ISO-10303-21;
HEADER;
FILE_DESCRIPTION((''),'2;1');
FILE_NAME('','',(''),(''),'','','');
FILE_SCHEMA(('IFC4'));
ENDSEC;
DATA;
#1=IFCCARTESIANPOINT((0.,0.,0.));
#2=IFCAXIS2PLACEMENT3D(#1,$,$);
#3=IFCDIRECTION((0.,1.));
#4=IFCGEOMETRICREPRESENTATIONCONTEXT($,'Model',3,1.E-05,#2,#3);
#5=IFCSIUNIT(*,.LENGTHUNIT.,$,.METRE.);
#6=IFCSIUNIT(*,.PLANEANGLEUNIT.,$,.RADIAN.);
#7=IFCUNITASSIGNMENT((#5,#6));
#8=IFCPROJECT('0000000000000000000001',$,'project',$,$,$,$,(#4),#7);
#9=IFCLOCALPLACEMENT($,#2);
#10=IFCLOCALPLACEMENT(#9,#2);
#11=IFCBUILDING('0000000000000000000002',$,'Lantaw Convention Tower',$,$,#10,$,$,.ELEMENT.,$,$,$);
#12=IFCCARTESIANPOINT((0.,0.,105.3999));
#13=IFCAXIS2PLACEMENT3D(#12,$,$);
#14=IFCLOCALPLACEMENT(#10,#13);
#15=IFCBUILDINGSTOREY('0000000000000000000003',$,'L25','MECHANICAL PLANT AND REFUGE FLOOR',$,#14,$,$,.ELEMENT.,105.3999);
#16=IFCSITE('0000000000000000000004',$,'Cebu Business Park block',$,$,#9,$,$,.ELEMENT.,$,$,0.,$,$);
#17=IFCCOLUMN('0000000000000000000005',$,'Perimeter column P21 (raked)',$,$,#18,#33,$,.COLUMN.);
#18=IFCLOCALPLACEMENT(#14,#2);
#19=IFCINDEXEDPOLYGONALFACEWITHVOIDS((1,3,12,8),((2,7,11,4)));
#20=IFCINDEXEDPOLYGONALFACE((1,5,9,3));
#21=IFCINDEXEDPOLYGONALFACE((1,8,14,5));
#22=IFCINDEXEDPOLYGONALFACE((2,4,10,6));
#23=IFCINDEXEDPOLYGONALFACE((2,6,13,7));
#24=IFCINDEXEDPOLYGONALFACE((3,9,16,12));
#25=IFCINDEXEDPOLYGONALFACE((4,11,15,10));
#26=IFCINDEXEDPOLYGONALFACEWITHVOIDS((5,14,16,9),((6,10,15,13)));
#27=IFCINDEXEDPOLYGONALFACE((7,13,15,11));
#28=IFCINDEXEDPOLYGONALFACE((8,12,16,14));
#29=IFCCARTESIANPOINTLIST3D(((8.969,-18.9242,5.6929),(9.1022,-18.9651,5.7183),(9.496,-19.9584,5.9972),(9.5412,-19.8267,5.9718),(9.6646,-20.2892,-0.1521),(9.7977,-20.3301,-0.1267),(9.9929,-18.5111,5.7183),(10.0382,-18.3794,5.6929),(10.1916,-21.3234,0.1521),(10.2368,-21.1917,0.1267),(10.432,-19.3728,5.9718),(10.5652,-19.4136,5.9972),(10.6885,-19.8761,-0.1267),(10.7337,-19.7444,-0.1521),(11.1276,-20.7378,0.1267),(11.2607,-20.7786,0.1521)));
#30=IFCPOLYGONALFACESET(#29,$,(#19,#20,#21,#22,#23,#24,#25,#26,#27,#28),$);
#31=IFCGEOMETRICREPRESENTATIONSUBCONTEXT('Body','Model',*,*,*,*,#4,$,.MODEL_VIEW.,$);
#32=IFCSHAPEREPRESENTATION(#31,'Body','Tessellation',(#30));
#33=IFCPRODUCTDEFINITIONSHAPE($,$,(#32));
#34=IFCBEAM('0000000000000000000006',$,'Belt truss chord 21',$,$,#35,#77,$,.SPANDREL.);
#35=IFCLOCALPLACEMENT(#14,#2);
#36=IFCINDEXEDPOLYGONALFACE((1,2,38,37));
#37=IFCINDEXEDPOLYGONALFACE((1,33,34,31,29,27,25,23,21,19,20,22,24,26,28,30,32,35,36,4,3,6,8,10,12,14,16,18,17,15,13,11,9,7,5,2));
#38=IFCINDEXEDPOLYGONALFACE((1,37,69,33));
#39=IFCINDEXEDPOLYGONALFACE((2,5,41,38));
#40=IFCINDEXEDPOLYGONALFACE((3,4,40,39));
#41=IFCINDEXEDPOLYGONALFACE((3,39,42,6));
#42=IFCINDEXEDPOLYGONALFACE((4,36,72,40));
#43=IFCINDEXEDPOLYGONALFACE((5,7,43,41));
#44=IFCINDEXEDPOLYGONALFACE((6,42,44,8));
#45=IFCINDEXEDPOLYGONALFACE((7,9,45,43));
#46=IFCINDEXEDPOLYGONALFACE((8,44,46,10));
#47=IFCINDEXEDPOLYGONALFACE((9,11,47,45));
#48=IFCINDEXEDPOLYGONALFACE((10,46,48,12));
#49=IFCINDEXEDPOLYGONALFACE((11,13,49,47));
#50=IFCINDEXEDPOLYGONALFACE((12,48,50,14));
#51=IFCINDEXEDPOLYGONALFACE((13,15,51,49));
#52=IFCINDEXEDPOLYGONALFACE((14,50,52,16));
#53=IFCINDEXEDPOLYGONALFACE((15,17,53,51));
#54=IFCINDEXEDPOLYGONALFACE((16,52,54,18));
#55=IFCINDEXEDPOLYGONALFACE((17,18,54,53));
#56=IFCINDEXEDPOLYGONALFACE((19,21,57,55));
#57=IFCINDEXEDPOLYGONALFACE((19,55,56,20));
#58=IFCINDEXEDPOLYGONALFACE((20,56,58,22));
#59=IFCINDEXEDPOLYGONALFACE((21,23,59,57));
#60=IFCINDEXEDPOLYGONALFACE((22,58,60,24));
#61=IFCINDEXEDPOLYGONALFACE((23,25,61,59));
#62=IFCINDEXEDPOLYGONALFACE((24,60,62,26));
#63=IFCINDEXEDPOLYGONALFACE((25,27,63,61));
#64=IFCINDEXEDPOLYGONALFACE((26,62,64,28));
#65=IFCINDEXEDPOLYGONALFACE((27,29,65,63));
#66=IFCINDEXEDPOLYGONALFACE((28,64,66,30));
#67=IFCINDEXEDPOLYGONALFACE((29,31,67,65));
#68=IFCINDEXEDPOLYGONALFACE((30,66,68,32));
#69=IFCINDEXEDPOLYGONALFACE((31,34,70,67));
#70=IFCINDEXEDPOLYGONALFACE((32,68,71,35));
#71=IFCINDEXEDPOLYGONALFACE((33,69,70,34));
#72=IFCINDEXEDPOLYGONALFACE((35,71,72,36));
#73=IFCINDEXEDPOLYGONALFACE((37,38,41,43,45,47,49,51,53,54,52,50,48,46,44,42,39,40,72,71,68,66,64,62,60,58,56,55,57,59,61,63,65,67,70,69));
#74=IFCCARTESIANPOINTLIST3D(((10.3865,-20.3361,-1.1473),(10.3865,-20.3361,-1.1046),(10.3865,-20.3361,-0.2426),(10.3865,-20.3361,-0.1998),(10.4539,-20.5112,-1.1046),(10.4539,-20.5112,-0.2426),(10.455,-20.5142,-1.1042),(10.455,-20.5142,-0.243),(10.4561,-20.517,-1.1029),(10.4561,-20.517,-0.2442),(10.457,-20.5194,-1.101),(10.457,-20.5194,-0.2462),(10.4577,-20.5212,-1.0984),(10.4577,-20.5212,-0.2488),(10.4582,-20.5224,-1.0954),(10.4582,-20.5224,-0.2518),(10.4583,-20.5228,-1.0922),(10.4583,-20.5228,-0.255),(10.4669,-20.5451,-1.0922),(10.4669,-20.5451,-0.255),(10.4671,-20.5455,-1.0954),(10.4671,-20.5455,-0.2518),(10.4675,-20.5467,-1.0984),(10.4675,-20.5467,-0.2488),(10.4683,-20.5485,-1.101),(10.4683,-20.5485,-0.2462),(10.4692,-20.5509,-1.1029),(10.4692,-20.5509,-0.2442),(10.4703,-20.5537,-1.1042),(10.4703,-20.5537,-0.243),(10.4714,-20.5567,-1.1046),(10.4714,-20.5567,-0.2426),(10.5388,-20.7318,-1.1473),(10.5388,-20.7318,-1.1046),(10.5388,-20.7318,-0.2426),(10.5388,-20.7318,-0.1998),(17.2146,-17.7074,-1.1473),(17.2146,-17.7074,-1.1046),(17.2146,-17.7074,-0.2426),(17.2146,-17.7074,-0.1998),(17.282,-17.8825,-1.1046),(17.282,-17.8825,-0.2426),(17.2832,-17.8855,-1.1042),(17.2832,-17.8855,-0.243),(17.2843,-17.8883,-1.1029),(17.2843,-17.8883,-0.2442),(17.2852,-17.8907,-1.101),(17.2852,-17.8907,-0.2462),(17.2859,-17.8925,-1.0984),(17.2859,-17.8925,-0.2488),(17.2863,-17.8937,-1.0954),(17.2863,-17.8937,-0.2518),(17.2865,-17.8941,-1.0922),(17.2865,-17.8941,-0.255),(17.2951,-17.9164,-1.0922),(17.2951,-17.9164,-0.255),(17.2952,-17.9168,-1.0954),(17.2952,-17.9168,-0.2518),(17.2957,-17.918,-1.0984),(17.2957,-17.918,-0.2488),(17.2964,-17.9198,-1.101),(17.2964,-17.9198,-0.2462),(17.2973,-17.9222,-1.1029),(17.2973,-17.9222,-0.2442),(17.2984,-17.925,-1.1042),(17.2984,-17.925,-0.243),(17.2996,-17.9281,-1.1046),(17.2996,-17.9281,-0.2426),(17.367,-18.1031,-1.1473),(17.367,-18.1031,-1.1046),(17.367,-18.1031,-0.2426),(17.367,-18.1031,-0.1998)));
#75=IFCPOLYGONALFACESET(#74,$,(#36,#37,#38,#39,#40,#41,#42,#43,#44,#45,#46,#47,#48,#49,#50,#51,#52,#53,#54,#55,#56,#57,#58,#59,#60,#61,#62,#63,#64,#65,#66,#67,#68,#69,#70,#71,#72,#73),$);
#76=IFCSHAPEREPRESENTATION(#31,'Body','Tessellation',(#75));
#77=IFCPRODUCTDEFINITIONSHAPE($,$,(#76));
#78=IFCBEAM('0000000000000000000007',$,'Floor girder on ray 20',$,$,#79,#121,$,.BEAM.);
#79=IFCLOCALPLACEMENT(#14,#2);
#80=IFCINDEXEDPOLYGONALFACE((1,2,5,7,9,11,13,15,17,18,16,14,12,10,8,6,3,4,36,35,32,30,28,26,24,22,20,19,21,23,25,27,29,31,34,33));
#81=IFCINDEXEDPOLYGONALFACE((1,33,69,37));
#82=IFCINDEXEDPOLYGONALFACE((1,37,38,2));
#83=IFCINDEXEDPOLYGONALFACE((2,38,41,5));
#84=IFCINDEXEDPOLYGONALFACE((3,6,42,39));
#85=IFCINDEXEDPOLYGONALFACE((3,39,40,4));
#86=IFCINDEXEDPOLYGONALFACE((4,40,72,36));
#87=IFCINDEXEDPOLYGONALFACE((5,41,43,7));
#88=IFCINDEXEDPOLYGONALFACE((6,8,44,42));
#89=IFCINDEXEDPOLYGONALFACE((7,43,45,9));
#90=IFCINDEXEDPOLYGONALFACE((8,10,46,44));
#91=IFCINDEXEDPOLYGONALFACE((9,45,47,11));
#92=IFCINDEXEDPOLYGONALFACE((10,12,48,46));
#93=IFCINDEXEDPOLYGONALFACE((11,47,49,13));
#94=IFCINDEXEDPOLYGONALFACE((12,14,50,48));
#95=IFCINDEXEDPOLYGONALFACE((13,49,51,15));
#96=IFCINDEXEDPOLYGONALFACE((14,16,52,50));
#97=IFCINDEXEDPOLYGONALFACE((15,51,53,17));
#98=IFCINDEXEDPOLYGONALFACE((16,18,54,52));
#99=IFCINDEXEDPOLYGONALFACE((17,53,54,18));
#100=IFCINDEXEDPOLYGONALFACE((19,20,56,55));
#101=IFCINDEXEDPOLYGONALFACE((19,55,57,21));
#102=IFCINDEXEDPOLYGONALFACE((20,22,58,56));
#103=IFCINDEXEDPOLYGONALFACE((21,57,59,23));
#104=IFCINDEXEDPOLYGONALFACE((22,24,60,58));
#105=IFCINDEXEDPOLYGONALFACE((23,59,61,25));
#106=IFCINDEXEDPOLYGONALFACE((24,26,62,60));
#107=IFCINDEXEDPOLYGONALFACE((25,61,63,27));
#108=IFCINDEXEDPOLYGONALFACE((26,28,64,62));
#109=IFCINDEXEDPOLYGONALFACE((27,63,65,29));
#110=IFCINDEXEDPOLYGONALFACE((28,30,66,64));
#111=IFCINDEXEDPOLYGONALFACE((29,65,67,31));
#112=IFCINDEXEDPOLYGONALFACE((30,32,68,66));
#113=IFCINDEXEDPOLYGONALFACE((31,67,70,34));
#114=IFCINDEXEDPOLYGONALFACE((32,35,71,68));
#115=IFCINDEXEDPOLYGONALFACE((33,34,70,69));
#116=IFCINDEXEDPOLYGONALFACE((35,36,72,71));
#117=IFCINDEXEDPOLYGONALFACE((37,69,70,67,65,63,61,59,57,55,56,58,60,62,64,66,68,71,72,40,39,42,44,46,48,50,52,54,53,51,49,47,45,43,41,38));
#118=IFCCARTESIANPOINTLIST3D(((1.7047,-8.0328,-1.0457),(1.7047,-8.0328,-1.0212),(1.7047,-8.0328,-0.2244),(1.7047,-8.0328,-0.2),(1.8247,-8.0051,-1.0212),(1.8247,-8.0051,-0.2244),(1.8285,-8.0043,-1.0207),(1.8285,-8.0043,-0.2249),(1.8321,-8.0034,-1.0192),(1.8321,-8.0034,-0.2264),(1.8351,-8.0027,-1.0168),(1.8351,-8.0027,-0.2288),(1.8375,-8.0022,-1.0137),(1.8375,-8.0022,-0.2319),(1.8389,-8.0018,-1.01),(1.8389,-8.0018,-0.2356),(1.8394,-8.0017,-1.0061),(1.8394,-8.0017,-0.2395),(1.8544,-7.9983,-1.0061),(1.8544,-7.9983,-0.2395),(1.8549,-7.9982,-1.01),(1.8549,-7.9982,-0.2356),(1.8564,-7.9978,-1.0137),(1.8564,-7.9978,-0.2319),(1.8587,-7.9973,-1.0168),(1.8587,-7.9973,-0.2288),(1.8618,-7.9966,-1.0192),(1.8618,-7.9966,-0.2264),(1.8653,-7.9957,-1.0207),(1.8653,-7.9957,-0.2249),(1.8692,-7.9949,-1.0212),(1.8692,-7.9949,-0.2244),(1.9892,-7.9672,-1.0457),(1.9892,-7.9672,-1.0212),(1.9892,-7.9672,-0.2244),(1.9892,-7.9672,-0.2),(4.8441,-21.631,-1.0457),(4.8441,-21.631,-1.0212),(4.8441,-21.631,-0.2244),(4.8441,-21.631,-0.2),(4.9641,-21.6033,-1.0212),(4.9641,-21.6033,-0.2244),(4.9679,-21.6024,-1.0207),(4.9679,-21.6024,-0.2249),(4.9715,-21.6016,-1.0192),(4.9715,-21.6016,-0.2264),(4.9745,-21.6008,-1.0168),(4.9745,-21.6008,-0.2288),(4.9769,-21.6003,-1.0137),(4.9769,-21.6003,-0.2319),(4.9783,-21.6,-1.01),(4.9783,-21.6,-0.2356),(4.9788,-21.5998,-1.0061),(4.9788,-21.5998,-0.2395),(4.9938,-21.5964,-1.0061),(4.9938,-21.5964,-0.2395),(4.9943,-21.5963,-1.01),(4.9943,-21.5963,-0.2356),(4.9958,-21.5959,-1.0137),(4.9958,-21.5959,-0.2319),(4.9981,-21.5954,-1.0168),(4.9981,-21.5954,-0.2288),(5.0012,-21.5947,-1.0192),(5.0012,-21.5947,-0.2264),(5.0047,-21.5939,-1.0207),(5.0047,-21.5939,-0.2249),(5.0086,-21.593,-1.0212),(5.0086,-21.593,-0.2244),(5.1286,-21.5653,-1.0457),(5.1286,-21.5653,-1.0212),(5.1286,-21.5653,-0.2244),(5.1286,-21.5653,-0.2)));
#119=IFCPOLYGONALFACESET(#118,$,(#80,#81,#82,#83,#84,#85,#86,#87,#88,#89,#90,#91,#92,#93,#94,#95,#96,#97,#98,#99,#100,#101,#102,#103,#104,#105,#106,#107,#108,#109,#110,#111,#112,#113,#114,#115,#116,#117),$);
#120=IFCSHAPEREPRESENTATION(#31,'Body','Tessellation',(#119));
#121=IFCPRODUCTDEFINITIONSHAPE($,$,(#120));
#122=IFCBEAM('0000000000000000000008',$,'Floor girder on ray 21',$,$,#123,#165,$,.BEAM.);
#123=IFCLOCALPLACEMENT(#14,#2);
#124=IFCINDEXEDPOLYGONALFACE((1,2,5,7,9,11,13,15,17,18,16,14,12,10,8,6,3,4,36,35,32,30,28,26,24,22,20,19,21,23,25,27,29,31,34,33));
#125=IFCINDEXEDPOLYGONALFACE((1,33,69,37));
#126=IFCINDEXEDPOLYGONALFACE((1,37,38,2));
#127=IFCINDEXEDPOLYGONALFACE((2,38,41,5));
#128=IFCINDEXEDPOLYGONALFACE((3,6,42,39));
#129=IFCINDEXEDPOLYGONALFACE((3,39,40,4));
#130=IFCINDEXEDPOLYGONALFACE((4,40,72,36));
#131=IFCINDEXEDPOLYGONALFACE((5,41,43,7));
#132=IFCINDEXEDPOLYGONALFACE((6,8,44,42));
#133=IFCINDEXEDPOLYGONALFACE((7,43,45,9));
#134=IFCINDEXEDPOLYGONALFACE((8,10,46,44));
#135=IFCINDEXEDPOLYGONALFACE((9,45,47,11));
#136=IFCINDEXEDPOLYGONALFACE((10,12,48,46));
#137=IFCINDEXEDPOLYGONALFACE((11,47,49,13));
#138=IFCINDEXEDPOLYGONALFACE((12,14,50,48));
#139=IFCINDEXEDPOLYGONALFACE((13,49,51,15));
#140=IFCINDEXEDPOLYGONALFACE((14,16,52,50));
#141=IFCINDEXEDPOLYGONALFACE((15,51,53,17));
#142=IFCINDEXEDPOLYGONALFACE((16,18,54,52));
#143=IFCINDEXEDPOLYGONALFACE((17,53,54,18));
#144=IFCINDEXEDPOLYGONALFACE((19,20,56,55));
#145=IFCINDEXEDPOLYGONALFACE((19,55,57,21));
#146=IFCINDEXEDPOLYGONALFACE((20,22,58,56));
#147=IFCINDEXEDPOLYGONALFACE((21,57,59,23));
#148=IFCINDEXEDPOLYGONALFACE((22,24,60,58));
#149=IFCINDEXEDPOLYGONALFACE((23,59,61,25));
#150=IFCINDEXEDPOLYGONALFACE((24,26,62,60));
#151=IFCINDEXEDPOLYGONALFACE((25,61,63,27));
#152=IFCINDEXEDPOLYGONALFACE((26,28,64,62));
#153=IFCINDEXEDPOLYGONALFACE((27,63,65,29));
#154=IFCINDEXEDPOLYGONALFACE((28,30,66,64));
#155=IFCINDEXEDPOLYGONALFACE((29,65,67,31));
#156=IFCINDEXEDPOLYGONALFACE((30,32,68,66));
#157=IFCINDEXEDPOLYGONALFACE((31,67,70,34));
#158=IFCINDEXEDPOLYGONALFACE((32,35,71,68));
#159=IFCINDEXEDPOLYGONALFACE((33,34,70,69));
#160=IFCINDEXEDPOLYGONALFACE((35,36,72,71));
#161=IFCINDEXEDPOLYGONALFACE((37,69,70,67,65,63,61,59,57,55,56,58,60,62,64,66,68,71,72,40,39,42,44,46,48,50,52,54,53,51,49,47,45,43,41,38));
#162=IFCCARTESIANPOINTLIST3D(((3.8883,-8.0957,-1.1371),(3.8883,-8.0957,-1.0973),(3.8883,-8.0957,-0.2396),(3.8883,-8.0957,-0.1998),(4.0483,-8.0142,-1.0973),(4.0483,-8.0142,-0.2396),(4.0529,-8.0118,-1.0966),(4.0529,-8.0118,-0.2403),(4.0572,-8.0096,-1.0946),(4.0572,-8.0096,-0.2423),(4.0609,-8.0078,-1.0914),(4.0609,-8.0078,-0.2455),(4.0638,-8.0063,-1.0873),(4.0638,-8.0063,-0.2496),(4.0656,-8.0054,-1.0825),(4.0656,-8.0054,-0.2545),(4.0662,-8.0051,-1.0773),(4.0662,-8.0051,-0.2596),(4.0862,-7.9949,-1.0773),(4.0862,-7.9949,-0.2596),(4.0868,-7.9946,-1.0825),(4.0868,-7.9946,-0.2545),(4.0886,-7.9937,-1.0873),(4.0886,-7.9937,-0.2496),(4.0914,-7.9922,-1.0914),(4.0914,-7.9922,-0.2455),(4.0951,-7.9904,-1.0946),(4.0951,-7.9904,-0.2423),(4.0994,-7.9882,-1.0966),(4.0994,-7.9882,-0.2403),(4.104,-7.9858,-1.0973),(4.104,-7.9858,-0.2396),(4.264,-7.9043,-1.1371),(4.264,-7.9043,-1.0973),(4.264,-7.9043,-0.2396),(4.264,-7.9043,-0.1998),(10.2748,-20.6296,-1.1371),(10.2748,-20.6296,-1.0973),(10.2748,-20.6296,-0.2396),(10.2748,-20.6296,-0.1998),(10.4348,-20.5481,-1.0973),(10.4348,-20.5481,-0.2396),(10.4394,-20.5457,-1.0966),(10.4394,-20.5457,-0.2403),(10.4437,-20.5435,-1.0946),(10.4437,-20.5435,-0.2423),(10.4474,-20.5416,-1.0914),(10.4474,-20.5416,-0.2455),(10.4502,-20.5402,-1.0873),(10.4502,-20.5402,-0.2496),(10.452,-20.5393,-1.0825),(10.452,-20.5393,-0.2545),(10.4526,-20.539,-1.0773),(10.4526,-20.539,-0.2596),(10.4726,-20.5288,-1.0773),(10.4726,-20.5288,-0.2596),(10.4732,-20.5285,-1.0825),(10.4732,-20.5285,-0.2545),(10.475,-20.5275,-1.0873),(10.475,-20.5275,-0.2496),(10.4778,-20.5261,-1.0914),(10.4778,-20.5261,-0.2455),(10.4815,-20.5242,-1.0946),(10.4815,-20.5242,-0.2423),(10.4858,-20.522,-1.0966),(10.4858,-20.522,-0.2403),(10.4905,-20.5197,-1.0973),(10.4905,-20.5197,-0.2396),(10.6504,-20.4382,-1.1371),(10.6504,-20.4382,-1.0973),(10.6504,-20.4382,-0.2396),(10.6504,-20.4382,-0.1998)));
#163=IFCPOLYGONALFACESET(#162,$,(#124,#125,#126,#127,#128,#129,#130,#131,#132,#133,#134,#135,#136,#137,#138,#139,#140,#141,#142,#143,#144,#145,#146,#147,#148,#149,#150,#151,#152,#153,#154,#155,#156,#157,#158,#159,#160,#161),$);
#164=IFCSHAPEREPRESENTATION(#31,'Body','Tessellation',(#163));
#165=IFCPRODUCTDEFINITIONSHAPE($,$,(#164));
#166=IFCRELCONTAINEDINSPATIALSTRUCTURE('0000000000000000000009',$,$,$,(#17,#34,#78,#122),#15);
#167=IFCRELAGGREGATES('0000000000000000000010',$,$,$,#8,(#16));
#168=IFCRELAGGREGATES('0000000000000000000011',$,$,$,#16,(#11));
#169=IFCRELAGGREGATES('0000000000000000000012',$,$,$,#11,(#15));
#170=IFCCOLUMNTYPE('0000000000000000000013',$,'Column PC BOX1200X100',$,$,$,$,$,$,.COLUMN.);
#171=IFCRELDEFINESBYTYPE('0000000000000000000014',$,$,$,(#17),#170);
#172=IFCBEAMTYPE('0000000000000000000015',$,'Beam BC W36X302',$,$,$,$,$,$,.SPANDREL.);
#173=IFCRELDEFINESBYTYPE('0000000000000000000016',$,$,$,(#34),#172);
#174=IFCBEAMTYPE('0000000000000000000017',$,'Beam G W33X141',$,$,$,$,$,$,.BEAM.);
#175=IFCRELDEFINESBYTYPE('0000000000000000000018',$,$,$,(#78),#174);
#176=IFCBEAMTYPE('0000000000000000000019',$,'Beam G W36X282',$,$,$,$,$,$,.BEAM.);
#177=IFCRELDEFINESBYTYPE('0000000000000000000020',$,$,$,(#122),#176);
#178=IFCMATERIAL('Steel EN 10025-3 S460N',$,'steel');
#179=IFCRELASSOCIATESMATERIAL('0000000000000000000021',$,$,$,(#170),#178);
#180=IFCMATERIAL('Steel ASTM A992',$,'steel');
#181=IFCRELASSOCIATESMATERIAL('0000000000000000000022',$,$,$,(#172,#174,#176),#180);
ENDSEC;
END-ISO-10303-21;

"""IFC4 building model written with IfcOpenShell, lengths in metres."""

from ifc_helpers import new_model, si_unit, direction, frame, origin, origin_2d, place, context, subcontext, project, spatial, rectangle, hollow_rectangle, i_section, extrude, material, material_profile, profile_set, type_object, element, save


model = new_model("IFC4")

# Units and contexts
model_context = context("Model", 3, precision=1e-05, world=origin(), true_north=direction((0.0, 1.0)))
body_context = subcontext(model_context, "Body", "Model", "MODEL_VIEW")
ifc_project = project(units=[si_unit("LENGTHUNIT", "METRE"), si_unit("PLANEANGLEUNIT", "RADIAN")], contexts=[model_context])

# Site, building, storey
site_placement = place(None, origin())
site = spatial("IfcSite", under=ifc_project, at=site_placement, Name="Cebu Business Park block", CompositionType="ELEMENT", RefElevation=0.0)
building_placement = place(site_placement, origin())
building = spatial("IfcBuilding", under=site, at=building_placement, Name="Lantaw Convention Tower", CompositionType="ELEMENT")
storey_placement = place(building_placement, frame((0.0, 0.0, 105.3999)))
storey = spatial("IfcBuildingStorey", under=building, at=storey_placement, Name="L25", Description="MECHANICAL PLANT AND REFUGE FLOOR", CompositionType="ELEMENT", Elevation=105.3999)

# Column
ifc_material_1 = material(Name="Steel EN 10025-3 S460N", Category="steel")
ifc_material_profile_1 = material_profile(ifc_material_1, hollow_rectangle(XDim=1.2, YDim=1.2, WallThickness=0.1001, at=origin_2d()), Name="BOX1200X100")
ifc_material_2 = material(Name="Concrete C60/75", Category="concrete")
ifc_material_profile_2 = material_profile(ifc_material_2, rectangle(XDim=1.0, YDim=1.0, at=origin_2d()), Name="Concrete fill of BOX1200X100")
ifc_profile_set_1 = profile_set([ifc_material_profile_1, ifc_material_profile_2], Name="Steel EN 10025-3 S460N")
column_type = type_object("IfcColumnType", Name="Column PC BOX1200X100", PredefinedType="COLUMN", material=ifc_profile_set_1)
column_placement = place(storey_placement, frame((10.4626, -20.5339, 0.0), z_axis=(-0.115113, 0.225902, 0.967325), x_axis=(-0.890991, -0.454021, 0.0)))
element("IfcColumn", 1, at=column_placement, inside=storey, type_object=column_type, Name="Perimeter column P21 (raked)", PredefinedType="COLUMN", context=body_context, shape_type="SweptSolid", body=[
    extrude(hollow_rectangle(XDim=1.2, YDim=1.2, WallThickness=0.1001, at=origin_2d()), origin(), (0.0, 0.0, 1.0), 6.0425),
])

# Beams
ifc_material_3 = material(Name="Steel ASTM A992", Category="steel")
ifc_material_profile_3 = material_profile(ifc_material_3, i_section(OverallWidth=0.4241, OverallDepth=0.9475, WebThickness=0.0239, FlangeThickness=0.0427, FilletRadius=0.0125, at=origin_2d()), Name="W36X302")
ifc_profile_set_2 = profile_set([ifc_material_profile_3], Name="Steel ASTM A992")
beam_type_1 = type_object("IfcBeamType", Name="Beam BC W36X302", PredefinedType="SPANDREL", material=ifc_profile_set_2)
beam_1_placement = place(storey_placement, frame((10.4626, -20.5339, -0.6736), z_axis=(0.933233, 0.359272, 0.0), x_axis=(-0.359272, 0.933233, 0.0)))
element("IfcBeam", 2, at=beam_1_placement, inside=storey, type_object=beam_type_1, Name="Belt truss chord 21", PredefinedType="SPANDREL", context=body_context, shape_type="SweptSolid", body=[
    extrude(i_section(OverallWidth=0.4241, OverallDepth=0.9475, WebThickness=0.0239, FlangeThickness=0.0427, FilletRadius=0.0125, at=origin_2d()), origin(), (0.0, 0.0, 1.0), 7.3167),
])
ifc_material_profile_4 = material_profile(ifc_material_3, i_section(OverallWidth=0.292, OverallDepth=0.8457, WebThickness=0.0154, FlangeThickness=0.0244, FilletRadius=0.0151, at=origin_2d()), Name="W33X141")
ifc_profile_set_3 = profile_set([ifc_material_profile_4], Name="Steel ASTM A992")
beam_type_2 = type_object("IfcBeamType", Name="Beam G W33X141", PredefinedType="BEAM", material=ifc_profile_set_3)
beam_2_placement = place(storey_placement, frame((1.8469, -8.0, -0.6228), z_axis=(0.224953, -0.97437, 0.0), x_axis=(0.97437, 0.224953, 0.0)))
element("IfcBeam", 3, at=beam_2_placement, inside=storey, type_object=beam_type_2, Name="Floor girder on ray 20", PredefinedType="BEAM", context=body_context, shape_type="SweptSolid", body=[
    extrude(i_section(OverallWidth=0.292, OverallDepth=0.8457, WebThickness=0.0154, FlangeThickness=0.0244, FilletRadius=0.0151, at=origin_2d()), origin(), (0.0, 0.0, 1.0), 13.9558),
])
ifc_material_profile_5 = material_profile(ifc_material_3, i_section(OverallWidth=0.4216, OverallDepth=0.9373, WebThickness=0.0225, FlangeThickness=0.0398, FilletRadius=0.02, at=origin_2d()), Name="W36X282")
ifc_profile_set_4 = profile_set([ifc_material_profile_5], Name="Steel ASTM A992")
beam_type_3 = type_object("IfcBeamType", Name="Beam G W36X282", PredefinedType="BEAM", material=ifc_profile_set_4)
beam_3_placement = place(storey_placement, frame((4.0762, -8.0, -0.6685), z_axis=(0.453997, -0.891003, 0.0), x_axis=(0.891003, 0.453997, 0.0)))
element("IfcBeam", 4, at=beam_3_placement, inside=storey, type_object=beam_type_3, Name="Floor girder on ray 21", PredefinedType="BEAM", context=body_context, shape_type="SweptSolid", body=[
    extrude(i_section(OverallWidth=0.4216, OverallDepth=0.9373, WebThickness=0.0225, FlangeThickness=0.0398, FilletRadius=0.02, at=origin_2d()), origin(), (0.0, 0.0, 1.0), 14.0671),
])

save(model, "model.ifc")
